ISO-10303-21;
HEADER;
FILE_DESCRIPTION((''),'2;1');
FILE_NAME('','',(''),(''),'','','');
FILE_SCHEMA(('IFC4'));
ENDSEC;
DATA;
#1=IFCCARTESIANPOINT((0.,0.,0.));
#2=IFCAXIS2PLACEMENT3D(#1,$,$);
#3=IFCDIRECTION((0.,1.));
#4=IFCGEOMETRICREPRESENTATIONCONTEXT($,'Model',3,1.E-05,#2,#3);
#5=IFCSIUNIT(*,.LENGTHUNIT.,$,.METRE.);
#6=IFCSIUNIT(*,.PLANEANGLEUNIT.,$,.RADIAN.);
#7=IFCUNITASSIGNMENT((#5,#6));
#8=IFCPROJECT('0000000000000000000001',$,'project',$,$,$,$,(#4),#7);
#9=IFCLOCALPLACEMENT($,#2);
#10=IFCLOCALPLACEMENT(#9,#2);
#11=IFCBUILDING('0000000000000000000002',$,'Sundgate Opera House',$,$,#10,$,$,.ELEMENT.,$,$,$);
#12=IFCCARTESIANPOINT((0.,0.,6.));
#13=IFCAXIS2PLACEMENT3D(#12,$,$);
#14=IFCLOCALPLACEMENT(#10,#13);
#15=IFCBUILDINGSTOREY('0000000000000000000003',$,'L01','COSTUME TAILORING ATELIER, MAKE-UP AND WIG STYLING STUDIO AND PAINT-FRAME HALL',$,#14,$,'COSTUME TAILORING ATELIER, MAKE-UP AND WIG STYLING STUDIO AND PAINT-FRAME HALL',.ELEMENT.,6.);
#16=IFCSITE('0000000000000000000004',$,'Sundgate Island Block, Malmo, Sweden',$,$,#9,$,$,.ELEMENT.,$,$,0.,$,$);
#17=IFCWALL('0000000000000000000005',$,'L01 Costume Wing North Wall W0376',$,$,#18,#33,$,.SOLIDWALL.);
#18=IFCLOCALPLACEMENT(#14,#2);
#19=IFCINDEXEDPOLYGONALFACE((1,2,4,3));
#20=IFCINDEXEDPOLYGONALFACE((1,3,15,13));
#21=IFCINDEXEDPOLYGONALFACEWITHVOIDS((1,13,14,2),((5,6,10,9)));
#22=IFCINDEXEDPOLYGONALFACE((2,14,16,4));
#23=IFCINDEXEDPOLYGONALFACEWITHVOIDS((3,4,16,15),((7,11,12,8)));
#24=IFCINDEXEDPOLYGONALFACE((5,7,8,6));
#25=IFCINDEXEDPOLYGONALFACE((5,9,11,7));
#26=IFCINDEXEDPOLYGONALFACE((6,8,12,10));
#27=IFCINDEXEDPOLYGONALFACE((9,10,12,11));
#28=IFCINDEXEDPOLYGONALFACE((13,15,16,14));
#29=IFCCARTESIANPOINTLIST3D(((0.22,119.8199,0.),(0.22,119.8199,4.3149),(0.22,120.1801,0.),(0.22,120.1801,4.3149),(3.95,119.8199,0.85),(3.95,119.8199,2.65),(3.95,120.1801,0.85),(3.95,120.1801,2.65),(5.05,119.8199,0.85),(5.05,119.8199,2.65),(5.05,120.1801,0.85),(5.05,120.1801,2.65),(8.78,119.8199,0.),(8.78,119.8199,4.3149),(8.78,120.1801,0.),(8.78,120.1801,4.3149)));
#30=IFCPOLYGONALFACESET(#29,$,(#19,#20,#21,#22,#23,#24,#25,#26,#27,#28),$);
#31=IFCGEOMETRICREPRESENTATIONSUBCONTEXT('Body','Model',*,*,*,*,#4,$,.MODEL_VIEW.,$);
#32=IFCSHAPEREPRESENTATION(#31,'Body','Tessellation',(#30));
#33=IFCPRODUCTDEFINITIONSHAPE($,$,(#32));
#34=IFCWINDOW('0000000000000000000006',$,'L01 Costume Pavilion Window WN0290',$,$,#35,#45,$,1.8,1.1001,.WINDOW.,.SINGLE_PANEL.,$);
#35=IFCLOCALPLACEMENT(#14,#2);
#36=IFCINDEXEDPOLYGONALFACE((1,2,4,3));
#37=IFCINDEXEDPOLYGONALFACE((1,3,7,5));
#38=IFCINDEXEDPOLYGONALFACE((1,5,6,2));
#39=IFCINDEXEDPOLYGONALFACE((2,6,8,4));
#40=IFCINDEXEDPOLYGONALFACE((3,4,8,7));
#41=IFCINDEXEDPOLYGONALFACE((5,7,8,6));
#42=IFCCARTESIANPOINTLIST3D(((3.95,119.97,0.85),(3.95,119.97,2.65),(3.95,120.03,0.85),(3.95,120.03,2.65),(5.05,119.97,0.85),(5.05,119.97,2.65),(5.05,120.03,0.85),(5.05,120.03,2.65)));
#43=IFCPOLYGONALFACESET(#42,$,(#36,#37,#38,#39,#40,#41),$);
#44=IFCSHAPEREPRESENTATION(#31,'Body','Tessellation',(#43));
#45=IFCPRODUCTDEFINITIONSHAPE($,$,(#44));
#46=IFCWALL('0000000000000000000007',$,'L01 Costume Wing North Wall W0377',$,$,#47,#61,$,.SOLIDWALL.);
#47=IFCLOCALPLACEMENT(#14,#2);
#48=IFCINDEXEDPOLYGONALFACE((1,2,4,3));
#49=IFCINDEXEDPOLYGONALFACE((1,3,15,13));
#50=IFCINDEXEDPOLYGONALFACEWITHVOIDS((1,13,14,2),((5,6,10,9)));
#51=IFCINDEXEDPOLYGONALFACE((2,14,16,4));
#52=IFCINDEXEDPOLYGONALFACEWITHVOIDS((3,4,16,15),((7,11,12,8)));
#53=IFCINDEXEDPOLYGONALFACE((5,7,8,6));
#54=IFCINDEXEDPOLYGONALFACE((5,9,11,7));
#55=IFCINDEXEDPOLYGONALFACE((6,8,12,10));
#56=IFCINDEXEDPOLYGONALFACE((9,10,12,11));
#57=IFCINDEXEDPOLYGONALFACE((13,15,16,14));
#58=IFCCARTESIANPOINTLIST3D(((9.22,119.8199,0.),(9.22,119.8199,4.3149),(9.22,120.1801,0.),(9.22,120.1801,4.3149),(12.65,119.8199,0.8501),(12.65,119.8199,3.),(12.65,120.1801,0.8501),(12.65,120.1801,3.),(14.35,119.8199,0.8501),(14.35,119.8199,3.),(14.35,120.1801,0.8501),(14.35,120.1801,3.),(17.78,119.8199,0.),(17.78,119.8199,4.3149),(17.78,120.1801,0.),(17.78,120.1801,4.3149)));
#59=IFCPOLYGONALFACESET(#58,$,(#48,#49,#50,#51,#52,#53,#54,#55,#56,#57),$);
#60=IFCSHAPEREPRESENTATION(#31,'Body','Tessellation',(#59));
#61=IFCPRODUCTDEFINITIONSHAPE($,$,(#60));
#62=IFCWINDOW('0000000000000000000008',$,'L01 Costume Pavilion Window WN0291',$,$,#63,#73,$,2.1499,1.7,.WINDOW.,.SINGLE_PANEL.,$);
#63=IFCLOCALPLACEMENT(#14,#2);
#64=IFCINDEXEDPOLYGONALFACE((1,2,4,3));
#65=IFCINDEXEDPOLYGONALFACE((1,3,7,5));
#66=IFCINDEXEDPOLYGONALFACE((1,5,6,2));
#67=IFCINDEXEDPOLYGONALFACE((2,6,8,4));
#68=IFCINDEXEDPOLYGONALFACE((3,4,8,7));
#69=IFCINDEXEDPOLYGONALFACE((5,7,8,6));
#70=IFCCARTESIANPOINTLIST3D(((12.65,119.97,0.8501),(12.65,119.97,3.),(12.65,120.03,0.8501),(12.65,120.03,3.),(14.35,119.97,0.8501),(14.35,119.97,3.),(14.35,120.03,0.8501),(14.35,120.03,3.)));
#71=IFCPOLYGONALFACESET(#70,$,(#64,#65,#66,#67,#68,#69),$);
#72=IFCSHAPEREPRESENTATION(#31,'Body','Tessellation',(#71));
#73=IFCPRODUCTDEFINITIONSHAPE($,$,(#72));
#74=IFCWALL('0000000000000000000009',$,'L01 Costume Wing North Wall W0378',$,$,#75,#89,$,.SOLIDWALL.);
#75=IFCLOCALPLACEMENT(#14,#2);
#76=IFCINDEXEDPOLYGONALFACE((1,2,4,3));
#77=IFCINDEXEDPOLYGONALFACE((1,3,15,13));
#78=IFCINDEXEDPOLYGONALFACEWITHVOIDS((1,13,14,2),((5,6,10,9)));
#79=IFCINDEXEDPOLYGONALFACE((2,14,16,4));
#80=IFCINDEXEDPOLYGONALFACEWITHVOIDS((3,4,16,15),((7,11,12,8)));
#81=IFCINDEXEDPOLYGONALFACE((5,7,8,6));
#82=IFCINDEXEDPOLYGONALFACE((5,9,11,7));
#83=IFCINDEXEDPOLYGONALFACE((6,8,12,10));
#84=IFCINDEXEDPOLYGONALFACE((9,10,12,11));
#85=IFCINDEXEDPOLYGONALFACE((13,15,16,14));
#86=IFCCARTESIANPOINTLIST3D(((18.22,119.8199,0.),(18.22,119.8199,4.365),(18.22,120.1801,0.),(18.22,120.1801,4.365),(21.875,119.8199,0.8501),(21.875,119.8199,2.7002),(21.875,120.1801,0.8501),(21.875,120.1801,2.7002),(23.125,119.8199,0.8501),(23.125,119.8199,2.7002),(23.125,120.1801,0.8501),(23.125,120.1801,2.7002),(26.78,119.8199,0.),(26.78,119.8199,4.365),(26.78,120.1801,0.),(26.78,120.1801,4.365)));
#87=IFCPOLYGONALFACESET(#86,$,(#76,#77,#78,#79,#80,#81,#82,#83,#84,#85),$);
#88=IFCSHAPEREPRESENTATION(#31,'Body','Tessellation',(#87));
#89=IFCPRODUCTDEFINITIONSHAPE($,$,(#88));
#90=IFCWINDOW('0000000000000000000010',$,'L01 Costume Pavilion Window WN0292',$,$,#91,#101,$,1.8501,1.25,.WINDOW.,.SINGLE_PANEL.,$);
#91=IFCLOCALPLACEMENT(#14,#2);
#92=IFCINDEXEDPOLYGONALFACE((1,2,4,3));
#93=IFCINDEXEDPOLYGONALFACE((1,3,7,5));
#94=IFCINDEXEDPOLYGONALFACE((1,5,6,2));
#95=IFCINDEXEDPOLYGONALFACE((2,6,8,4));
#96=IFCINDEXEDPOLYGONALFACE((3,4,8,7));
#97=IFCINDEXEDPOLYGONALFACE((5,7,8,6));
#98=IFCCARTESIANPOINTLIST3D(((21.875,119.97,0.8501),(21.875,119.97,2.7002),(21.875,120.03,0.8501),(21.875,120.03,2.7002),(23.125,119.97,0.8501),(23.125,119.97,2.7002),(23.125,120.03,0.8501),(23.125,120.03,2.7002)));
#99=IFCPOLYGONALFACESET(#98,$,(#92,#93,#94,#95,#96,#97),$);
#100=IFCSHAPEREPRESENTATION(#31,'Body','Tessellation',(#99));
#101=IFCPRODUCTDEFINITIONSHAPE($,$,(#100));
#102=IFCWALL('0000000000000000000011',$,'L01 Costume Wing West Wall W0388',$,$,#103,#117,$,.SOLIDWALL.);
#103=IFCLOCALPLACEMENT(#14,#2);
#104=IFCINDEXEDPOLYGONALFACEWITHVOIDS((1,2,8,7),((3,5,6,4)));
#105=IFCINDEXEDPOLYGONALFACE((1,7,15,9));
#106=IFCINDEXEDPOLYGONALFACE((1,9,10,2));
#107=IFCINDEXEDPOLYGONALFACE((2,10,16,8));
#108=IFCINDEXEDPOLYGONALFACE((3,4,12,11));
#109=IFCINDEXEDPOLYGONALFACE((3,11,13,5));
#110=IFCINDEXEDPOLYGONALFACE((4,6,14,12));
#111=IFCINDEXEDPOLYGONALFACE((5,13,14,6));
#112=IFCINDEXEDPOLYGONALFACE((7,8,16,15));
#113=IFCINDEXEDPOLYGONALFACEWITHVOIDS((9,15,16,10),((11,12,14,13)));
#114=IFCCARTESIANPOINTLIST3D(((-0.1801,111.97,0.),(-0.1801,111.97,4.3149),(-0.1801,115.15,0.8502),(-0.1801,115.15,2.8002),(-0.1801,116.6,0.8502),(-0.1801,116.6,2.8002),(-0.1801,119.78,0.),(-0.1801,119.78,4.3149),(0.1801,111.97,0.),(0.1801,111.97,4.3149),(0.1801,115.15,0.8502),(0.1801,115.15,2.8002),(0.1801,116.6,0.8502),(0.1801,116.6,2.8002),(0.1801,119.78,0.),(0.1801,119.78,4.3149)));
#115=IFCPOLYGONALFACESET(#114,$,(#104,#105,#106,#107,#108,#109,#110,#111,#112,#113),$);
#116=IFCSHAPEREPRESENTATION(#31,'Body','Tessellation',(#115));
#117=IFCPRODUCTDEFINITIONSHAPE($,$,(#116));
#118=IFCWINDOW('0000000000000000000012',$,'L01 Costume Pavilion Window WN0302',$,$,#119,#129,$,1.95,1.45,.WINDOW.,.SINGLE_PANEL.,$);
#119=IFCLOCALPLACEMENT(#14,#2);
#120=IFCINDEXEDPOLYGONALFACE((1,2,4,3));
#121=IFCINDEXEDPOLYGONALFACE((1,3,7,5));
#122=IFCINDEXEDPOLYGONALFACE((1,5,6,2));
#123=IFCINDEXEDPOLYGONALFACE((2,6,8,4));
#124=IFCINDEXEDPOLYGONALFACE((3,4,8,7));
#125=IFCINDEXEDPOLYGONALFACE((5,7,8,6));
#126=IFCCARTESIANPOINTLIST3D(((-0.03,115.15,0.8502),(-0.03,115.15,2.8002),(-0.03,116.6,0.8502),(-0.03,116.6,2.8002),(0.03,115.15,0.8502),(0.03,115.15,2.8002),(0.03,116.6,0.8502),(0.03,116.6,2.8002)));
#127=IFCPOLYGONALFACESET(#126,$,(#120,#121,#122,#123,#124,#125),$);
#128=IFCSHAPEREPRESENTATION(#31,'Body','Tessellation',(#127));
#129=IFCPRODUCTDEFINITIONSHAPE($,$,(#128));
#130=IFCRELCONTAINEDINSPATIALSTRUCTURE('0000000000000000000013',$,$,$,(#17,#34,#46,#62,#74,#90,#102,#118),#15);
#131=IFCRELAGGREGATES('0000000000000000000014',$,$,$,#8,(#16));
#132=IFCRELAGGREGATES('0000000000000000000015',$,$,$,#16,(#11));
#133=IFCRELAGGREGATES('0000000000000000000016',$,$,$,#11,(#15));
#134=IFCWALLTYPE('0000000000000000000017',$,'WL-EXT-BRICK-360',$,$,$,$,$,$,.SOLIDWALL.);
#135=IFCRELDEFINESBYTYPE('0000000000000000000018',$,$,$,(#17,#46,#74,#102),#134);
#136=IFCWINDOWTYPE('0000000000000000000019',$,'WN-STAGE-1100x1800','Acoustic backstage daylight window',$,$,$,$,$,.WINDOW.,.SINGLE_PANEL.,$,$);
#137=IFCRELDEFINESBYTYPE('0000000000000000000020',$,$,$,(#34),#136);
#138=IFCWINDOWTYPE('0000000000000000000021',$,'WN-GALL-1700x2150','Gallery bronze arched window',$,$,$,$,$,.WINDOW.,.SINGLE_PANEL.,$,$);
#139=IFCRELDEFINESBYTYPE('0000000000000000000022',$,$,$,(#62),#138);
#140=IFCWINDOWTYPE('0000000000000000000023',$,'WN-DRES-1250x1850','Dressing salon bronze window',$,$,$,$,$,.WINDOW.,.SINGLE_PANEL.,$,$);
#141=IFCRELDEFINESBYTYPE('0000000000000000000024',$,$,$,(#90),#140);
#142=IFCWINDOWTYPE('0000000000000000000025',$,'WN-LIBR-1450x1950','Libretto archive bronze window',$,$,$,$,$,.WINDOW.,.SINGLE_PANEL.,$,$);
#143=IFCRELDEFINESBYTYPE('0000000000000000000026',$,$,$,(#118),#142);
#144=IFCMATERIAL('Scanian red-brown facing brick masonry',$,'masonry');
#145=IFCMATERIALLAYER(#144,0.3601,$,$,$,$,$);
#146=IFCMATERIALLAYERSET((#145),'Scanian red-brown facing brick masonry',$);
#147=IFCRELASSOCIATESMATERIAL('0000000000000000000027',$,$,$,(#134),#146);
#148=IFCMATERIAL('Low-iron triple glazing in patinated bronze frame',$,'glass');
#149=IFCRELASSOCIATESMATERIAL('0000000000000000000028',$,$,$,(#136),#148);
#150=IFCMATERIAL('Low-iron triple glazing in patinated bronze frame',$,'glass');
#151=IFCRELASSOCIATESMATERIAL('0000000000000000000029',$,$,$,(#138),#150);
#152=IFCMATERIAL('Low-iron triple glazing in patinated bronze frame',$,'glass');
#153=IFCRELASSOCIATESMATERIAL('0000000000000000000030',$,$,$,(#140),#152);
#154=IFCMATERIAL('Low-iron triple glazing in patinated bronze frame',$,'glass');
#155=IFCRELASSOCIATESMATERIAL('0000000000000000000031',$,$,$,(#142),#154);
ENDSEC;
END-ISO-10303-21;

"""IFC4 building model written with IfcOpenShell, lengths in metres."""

from ifc_helpers import new_model, si_unit, direction, frame, frame_2d, origin, place, context, subcontext, project, spatial, rectangle, extrude, material, layer, layer_set, type_object, element, fill, save


model = new_model("IFC4")

# Units and contexts
model_context = context("Model", 3, precision=1e-05, world=origin(), true_north=direction((0.0, 1.0)))
body_context = subcontext(model_context, "Body", "Model", "MODEL_VIEW")
ifc_project = project(units=[si_unit("LENGTHUNIT", "METRE"), si_unit("PLANEANGLEUNIT", "RADIAN")], contexts=[model_context])

# Site, building, storey
site_placement = place(None, origin())
site = spatial("IfcSite", under=ifc_project, at=site_placement, Name="Sundgate Island Block, Malmo, Sweden", CompositionType="ELEMENT", RefElevation=0.0)
building_placement = place(site_placement, origin())
building = spatial("IfcBuilding", under=site, at=building_placement, Name="Sundgate Opera House", CompositionType="ELEMENT")
storey_placement = place(building_placement, frame((0.0, 0.0, 6.0)))
storey = spatial("IfcBuildingStorey", under=building, at=storey_placement, Name="L01", Description="COSTUME TAILORING ATELIER, MAKE-UP AND WIG STYLING STUDIO AND PAINT-FRAME HALL", LongName="COSTUME TAILORING ATELIER, MAKE-UP AND WIG STYLING STUDIO AND PAINT-FRAME HALL", CompositionType="ELEMENT", Elevation=6.0)

# Walls, openings, windows
ifc_material_1 = material(Name="Scanian red-brown facing brick masonry", Category="masonry")
ifc_layer = layer(ifc_material_1, 0.3601)
ifc_layer_set = layer_set([ifc_layer], Name="Scanian red-brown facing brick masonry")
wall_type = type_object("IfcWallType", Name="WL-EXT-BRICK-360", PredefinedType="SOLIDWALL", material=ifc_layer_set)
wall_1_placement = place(storey_placement, frame((0.22, 120.0, 0.0), z_axis=(0.0, 0.0, 1.0), x_axis=(1.0, 0.0, 0.0)))
wall_1 = element("IfcWall", 1, at=wall_1_placement, inside=storey, type_object=wall_type, Name="L01 Costume Wing North Wall W0376", PredefinedType="SOLIDWALL", context=body_context, shape_type="SweptSolid", body=[
    extrude(rectangle(XDim=8.5601, YDim=0.3601, at=frame_2d((4.28, 0.0))), origin(), (0.0, 0.0, 1.0), 4.3149),
])
opening_1_placement = place(wall_1_placement, frame((3.73, 0.0, 0.8501)))
opening_1 = element("IfcOpeningElement", 2, at=opening_1_placement, cuts=wall_1, PredefinedType="OPENING", context=body_context, shape_type="SweptSolid", body=[
    extrude(rectangle(XDim=1.1001, YDim=1.8, at=frame_2d((0.55, 0.8999))), frame((0.0, 0.1899, 0.0), z_axis=(0.0, -1.0, 0.0), x_axis=(1.0, 0.0, 0.0)), (0.0, 0.0, 1.0), 0.3801),
])
ifc_material_2 = material(Name="Low-iron triple glazing in patinated bronze frame", Category="glass")
window_type_1 = type_object("IfcWindowType", Name="WN-STAGE-1100x1800", Description="Acoustic backstage daylight window", PartitioningType="SINGLE_PANEL", PredefinedType="WINDOW", material=ifc_material_2)
window_1_placement = place(opening_1_placement, origin())
window_1 = element("IfcWindow", 3, at=window_1_placement, inside=storey, type_object=window_type_1, Name="L01 Costume Pavilion Window WN0290", OverallHeight=1.8, OverallWidth=1.1001, PartitioningType="SINGLE_PANEL", PredefinedType="WINDOW", context=body_context, shape_type="SweptSolid", body=[
    extrude(rectangle(XDim=1.1001, YDim=1.8, at=frame_2d((0.55, 0.8999))), frame((0.0, 0.03, 0.0), z_axis=(0.0, -1.0, 0.0), x_axis=(1.0, 0.0, 0.0)), (0.0, 0.0, 1.0), 0.0601),
])
fill(opening_1, window_1)
wall_2_placement = place(storey_placement, frame((9.22, 120.0, 0.0), z_axis=(0.0, 0.0, 1.0), x_axis=(1.0, 0.0, 0.0)))
wall_2 = element("IfcWall", 4, at=wall_2_placement, inside=storey, type_object=wall_type, Name="L01 Costume Wing North Wall W0377", PredefinedType="SOLIDWALL", context=body_context, shape_type="SweptSolid", body=[
    extrude(rectangle(XDim=8.5601, YDim=0.3601, at=frame_2d((4.28, 0.0))), origin(), (0.0, 0.0, 1.0), 4.3149),
])
opening_2_placement = place(wall_2_placement, frame((3.4299, 0.0, 0.8501)))
opening_2 = element("IfcOpeningElement", 5, at=opening_2_placement, cuts=wall_2, PredefinedType="OPENING", context=body_context, shape_type="SweptSolid", body=[
    extrude(rectangle(XDim=1.7, YDim=2.1499, at=frame_2d((0.8501, 1.075))), frame((0.0, 0.1899, 0.0), z_axis=(0.0, -1.0, 0.0), x_axis=(1.0, 0.0, 0.0)), (0.0, 0.0, 1.0), 0.3801),
])
ifc_material_3 = material(Name="Low-iron triple glazing in patinated bronze frame", Category="glass")
window_type_2 = type_object("IfcWindowType", Name="WN-GALL-1700x2150", Description="Gallery bronze arched window", PartitioningType="SINGLE_PANEL", PredefinedType="WINDOW", material=ifc_material_3)
window_2_placement = place(opening_2_placement, origin())
window_2 = element("IfcWindow", 6, at=window_2_placement, inside=storey, type_object=window_type_2, Name="L01 Costume Pavilion Window WN0291", OverallHeight=2.1499, OverallWidth=1.7, PartitioningType="SINGLE_PANEL", PredefinedType="WINDOW", context=body_context, shape_type="SweptSolid", body=[
    extrude(rectangle(XDim=1.7, YDim=2.1499, at=frame_2d((0.8501, 1.075))), frame((0.0, 0.03, 0.0), z_axis=(0.0, -1.0, 0.0), x_axis=(1.0, 0.0, 0.0)), (0.0, 0.0, 1.0), 0.0601),
])
fill(opening_2, window_2)
wall_3_placement = place(storey_placement, frame((18.22, 120.0, 0.0), z_axis=(0.0, 0.0, 1.0), x_axis=(1.0, 0.0, 0.0)))
wall_3 = element("IfcWall", 7, at=wall_3_placement, inside=storey, type_object=wall_type, Name="L01 Costume Wing North Wall W0378", PredefinedType="SOLIDWALL", context=body_context, shape_type="SweptSolid", body=[
    extrude(rectangle(XDim=8.5601, YDim=0.3601, at=frame_2d((4.28, 0.0))), origin(), (0.0, 0.0, 1.0), 4.365),
])
opening_3_placement = place(wall_3_placement, frame((3.655, 0.0, 0.8501)))
opening_3 = element("IfcOpeningElement", 8, at=opening_3_placement, cuts=wall_3, PredefinedType="OPENING", context=body_context, shape_type="SweptSolid", body=[
    extrude(rectangle(XDim=1.25, YDim=1.8501, at=frame_2d((0.625, 0.925))), frame((0.0, 0.1899, 0.0), z_axis=(0.0, -1.0, 0.0), x_axis=(1.0, 0.0, 0.0)), (0.0, 0.0, 1.0), 0.3801),
])
ifc_material_4 = material(Name="Low-iron triple glazing in patinated bronze frame", Category="glass")
window_type_3 = type_object("IfcWindowType", Name="WN-DRES-1250x1850", Description="Dressing salon bronze window", PartitioningType="SINGLE_PANEL", PredefinedType="WINDOW", material=ifc_material_4)
window_3_placement = place(opening_3_placement, origin())
window_3 = element("IfcWindow", 9, at=window_3_placement, inside=storey, type_object=window_type_3, Name="L01 Costume Pavilion Window WN0292", OverallHeight=1.8501, OverallWidth=1.25, PartitioningType="SINGLE_PANEL", PredefinedType="WINDOW", context=body_context, shape_type="SweptSolid", body=[
    extrude(rectangle(XDim=1.25, YDim=1.8501, at=frame_2d((0.625, 0.925))), frame((0.0, 0.03, 0.0), z_axis=(0.0, -1.0, 0.0), x_axis=(1.0, 0.0, 0.0)), (0.0, 0.0, 1.0), 0.0601),
])
fill(opening_3, window_3)
wall_4_placement = place(storey_placement, frame((0.0, 119.78, 0.0), z_axis=(0.0, 0.0, 1.0), x_axis=(0.0, -1.0, 0.0)))
wall_4 = element("IfcWall", 10, at=wall_4_placement, inside=storey, type_object=wall_type, Name="L01 Costume Wing West Wall W0388", PredefinedType="SOLIDWALL", context=body_context, shape_type="SweptSolid", body=[
    extrude(rectangle(XDim=7.8101, YDim=0.3601, at=frame_2d((3.905, 0.0))), origin(), (0.0, 0.0, 1.0), 4.3149),
])
opening_4_placement = place(wall_4_placement, frame((3.1799, 0.0, 0.8501)))
opening_4 = element("IfcOpeningElement", 11, at=opening_4_placement, cuts=wall_4, PredefinedType="OPENING", context=body_context, shape_type="SweptSolid", body=[
    extrude(rectangle(XDim=1.45, YDim=1.95, at=frame_2d((0.7251, 0.9751))), frame((0.0, 0.1899, 0.0), z_axis=(0.0, -1.0, 0.0), x_axis=(1.0, 0.0, 0.0)), (0.0, 0.0, 1.0), 0.3801),
])
ifc_material_5 = material(Name="Low-iron triple glazing in patinated bronze frame", Category="glass")
window_type_4 = type_object("IfcWindowType", Name="WN-LIBR-1450x1950", Description="Libretto archive bronze window", PartitioningType="SINGLE_PANEL", PredefinedType="WINDOW", material=ifc_material_5)
window_4_placement = place(opening_4_placement, origin())
window_4 = element("IfcWindow", 12, at=window_4_placement, inside=storey, type_object=window_type_4, Name="L01 Costume Pavilion Window WN0302", OverallHeight=1.95, OverallWidth=1.45, PartitioningType="SINGLE_PANEL", PredefinedType="WINDOW", context=body_context, shape_type="SweptSolid", body=[
    extrude(rectangle(XDim=1.45, YDim=1.95, at=frame_2d((0.7251, 0.9751))), frame((0.0, 0.03, 0.0), z_axis=(0.0, -1.0, 0.0), x_axis=(1.0, 0.0, 0.0)), (0.0, 0.0, 1.0), 0.0601),
])
fill(opening_4, window_4)

save(model, "model.ifc")
